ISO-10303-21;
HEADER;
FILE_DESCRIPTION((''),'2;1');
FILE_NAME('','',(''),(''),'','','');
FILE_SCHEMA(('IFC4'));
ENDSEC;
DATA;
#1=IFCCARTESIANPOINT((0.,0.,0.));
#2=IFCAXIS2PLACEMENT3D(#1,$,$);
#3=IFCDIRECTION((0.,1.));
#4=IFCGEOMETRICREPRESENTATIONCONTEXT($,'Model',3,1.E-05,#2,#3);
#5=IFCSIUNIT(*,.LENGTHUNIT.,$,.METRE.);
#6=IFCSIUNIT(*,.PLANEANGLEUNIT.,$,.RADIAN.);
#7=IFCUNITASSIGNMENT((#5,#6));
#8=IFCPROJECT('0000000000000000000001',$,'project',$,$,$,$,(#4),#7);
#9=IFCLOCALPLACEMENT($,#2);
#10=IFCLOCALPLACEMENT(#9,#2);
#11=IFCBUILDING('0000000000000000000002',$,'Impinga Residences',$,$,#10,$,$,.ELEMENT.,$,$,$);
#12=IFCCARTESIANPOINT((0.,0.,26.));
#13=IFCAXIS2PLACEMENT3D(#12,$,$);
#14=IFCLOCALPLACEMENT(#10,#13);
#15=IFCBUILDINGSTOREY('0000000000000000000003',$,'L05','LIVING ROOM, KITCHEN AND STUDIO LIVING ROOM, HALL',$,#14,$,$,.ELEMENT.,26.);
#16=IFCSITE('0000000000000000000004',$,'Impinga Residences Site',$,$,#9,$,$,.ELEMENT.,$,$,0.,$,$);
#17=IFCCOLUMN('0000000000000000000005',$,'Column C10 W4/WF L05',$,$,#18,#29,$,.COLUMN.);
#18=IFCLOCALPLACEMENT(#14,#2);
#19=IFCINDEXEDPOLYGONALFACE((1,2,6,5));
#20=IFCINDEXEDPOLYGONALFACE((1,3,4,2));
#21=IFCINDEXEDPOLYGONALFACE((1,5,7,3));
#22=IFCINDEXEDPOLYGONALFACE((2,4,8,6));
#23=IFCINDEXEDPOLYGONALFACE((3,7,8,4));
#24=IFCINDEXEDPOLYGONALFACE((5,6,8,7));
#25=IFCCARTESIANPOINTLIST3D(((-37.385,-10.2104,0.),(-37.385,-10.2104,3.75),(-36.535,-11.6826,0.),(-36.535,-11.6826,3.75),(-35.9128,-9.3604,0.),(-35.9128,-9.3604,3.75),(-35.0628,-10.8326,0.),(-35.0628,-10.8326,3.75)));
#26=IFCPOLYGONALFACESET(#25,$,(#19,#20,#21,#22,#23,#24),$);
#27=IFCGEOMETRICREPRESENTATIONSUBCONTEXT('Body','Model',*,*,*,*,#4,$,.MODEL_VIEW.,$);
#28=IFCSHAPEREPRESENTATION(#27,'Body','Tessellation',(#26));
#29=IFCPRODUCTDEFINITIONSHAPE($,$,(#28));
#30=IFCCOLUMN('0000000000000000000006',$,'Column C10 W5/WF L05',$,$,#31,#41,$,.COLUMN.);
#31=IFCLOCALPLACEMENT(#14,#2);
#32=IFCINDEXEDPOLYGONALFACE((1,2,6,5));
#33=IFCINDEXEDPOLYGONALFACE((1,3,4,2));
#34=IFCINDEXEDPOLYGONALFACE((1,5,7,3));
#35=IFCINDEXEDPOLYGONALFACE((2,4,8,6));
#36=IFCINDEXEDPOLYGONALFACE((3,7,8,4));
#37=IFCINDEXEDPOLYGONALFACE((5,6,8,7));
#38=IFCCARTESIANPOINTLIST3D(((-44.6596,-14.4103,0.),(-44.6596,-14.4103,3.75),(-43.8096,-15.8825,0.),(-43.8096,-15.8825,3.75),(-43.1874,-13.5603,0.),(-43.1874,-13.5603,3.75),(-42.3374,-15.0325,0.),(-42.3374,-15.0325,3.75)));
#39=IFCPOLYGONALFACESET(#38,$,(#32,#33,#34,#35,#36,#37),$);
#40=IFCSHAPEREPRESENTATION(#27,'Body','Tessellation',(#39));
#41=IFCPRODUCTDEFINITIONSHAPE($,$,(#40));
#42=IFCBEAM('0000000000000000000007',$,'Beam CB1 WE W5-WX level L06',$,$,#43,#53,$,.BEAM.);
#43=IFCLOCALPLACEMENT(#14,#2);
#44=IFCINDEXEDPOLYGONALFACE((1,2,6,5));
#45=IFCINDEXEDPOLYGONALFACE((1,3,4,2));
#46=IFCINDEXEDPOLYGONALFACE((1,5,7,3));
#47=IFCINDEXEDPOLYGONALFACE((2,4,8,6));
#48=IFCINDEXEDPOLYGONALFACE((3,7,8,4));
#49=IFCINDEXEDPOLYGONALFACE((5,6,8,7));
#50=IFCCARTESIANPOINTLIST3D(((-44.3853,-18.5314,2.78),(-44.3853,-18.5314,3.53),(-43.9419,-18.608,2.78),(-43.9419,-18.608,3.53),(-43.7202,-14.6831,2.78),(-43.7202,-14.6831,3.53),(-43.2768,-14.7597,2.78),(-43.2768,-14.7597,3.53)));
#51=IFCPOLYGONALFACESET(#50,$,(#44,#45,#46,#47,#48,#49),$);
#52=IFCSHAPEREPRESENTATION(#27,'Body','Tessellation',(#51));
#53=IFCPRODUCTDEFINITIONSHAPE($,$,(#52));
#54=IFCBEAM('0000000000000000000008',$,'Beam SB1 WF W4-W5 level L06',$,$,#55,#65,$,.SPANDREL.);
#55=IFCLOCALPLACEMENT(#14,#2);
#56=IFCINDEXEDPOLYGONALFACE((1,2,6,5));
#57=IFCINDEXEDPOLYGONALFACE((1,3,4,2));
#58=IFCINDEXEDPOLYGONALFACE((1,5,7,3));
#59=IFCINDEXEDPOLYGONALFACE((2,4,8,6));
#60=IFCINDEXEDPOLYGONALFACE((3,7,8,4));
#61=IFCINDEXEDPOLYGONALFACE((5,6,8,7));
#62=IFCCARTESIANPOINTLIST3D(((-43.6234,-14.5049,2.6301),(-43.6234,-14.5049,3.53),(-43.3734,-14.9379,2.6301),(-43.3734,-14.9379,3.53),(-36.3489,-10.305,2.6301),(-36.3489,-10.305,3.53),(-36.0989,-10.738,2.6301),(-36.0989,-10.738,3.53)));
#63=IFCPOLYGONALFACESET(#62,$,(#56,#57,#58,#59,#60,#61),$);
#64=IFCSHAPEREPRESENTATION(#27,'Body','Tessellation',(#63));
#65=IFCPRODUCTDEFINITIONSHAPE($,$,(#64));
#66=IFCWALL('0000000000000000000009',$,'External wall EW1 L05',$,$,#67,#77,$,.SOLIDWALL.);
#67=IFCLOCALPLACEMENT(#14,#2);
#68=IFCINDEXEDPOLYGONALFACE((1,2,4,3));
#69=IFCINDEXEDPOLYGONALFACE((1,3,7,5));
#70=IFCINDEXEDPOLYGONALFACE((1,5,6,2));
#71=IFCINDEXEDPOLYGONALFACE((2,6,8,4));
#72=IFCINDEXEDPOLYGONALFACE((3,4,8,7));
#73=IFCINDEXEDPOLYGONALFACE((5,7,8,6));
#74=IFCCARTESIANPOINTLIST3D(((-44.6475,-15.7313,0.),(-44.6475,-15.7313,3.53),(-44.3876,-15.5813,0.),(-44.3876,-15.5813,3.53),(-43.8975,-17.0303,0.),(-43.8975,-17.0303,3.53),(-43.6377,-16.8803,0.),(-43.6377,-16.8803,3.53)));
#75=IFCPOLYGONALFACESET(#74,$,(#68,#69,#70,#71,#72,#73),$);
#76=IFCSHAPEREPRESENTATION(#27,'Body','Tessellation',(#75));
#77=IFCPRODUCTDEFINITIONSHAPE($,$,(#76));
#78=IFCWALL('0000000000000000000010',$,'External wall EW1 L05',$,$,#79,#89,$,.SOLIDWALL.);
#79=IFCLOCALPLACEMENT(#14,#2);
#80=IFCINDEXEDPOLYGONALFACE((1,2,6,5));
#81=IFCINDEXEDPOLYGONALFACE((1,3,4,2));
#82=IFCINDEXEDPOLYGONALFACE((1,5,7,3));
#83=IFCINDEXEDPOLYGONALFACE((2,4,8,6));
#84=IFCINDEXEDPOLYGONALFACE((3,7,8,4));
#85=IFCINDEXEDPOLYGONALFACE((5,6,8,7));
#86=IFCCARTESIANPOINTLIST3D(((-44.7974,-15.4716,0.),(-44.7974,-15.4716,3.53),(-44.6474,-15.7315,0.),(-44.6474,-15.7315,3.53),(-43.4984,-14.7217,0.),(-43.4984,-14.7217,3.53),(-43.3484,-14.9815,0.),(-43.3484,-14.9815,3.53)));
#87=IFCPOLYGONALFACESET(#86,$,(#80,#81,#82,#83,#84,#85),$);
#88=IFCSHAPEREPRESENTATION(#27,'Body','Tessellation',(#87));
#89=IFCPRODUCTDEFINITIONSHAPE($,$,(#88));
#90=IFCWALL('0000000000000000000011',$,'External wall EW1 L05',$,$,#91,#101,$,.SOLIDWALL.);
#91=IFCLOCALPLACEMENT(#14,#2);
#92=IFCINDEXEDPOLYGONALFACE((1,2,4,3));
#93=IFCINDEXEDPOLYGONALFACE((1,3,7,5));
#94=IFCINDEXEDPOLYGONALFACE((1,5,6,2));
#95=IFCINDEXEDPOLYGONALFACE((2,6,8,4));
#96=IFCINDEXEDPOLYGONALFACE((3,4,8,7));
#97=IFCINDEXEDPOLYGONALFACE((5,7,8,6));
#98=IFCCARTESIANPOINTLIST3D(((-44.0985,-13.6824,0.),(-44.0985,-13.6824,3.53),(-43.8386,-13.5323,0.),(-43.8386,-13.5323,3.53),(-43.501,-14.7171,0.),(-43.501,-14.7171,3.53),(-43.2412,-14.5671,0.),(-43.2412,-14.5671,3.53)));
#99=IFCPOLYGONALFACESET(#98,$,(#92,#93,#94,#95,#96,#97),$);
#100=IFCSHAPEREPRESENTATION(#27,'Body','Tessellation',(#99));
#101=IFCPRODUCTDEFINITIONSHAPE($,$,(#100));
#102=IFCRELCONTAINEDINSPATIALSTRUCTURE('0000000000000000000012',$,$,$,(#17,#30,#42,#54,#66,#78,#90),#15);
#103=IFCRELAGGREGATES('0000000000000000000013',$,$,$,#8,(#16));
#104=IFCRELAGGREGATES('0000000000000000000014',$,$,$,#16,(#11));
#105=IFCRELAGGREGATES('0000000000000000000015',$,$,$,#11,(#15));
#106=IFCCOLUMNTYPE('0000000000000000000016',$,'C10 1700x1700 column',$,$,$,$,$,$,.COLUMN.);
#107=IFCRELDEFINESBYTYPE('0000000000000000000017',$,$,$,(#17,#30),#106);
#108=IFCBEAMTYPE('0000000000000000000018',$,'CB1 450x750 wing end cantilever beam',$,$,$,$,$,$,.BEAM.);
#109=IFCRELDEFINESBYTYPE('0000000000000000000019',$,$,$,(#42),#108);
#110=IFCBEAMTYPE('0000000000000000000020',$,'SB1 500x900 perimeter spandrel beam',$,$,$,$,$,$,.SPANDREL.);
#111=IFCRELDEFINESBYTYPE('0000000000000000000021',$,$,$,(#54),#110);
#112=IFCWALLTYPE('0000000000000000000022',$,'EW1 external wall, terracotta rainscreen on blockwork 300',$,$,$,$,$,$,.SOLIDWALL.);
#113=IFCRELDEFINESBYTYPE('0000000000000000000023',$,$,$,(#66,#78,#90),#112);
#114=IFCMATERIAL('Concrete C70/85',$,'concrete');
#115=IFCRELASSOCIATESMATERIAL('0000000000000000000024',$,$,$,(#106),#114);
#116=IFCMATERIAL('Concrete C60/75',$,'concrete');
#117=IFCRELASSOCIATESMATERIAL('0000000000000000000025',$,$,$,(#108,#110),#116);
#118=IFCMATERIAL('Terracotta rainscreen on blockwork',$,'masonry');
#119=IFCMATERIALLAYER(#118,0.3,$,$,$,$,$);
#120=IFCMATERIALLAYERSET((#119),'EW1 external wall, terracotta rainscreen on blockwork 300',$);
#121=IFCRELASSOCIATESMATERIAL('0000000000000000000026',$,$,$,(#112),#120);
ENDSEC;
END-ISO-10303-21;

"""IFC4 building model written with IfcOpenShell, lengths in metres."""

from ifc_helpers import new_model, si_unit, direction, frame, frame_2d, origin, origin_2d, place, context, subcontext, project, spatial, rectangle, extrude, material, layer, layer_set, material_profile, profile_set, type_object, element, save


model = new_model("IFC4")

# Units and contexts
model_context = context("Model", 3, precision=1e-05, world=origin(), true_north=direction((0.0, 1.0)))
body_context = subcontext(model_context, "Body", "Model", "MODEL_VIEW")
ifc_project = project(units=[si_unit("LENGTHUNIT", "METRE"), si_unit("PLANEANGLEUNIT", "RADIAN")], contexts=[model_context])

# Site, building, storey
site_placement = place(None, origin())
site = spatial("IfcSite", under=ifc_project, at=site_placement, Name="Impinga Residences Site", CompositionType="ELEMENT", RefElevation=0.0)
building_placement = place(site_placement, origin())
building = spatial("IfcBuilding", under=site, at=building_placement, Name="Impinga Residences", CompositionType="ELEMENT")
storey_placement = place(building_placement, frame((0.0, 0.0, 26.0)))
storey = spatial("IfcBuildingStorey", under=building, at=storey_placement, Name="L05", Description="LIVING ROOM, KITCHEN AND STUDIO LIVING ROOM, HALL", CompositionType="ELEMENT", Elevation=26.0)

# Columns
ifc_material_1 = material(Name="Concrete C70/85", Category="concrete")
ifc_material_profile_1 = material_profile(ifc_material_1, rectangle(XDim=1.7, YDim=1.7, at=origin_2d()), Name="RC 1700x1700")
ifc_profile_set_1 = profile_set([ifc_material_profile_1], Name="Concrete C70/85")
column_type = type_object("IfcColumnType", Name="C10 1700x1700 column", PredefinedType="COLUMN", material=ifc_profile_set_1)
for number, where, z_axis, x_axis, name in (
    (1, (-36.2239, -10.5215, 0.0), (0.0, 0.0, 1.0), (-0.5, 0.866025, 0.0), "Column C10 W4/WF L05"),
    (2, (-43.4985, -14.7214, 0.0), (0.0, 0.0, 1.0), (-0.5, 0.866025, 0.0), "Column C10 W5/WF L05"),
):
    element("IfcColumn", number, at=place(storey_placement, frame(where, z_axis=z_axis, x_axis=x_axis)), inside=storey, type_object=column_type, Name=name, PredefinedType="COLUMN", context=body_context, shape_type="SweptSolid", body=[
        extrude(rectangle(XDim=1.7, YDim=1.7, at=origin_2d()), origin(), (0.0, 0.0, 1.0), 3.75),
    ])

# Beams
ifc_material_2 = material(Name="Concrete C60/75", Category="concrete")
ifc_material_profile_2 = material_profile(ifc_material_2, rectangle(XDim=0.45, YDim=0.75, at=origin_2d()), Name="RC 450x750")
ifc_profile_set_2 = profile_set([ifc_material_profile_2], Name="Concrete C60/75")
beam_type_1 = type_object("IfcBeamType", Name="CB1 450x750 wing end cantilever beam", PredefinedType="BEAM", material=ifc_profile_set_2)
beam_1_placement = place(storey_placement, frame((-43.4985, -14.7214, 3.155), z_axis=(-0.170296, -0.985393, 0.0), x_axis=(0.985393, -0.170296, 0.0)))
element("IfcBeam", 3, at=beam_1_placement, inside=storey, type_object=beam_type_1, Name="Beam CB1 WE W5-WX level L06", PredefinedType="BEAM", context=body_context, shape_type="SweptSolid", body=[
    extrude(rectangle(XDim=0.45, YDim=0.75, at=origin_2d()), origin(), (0.0, 0.0, 1.0), 3.9053),
])
ifc_material_profile_3 = material_profile(ifc_material_2, rectangle(XDim=0.5, YDim=0.8999, at=origin_2d()), Name="RC 500x900")
ifc_profile_set_3 = profile_set([ifc_material_profile_3], Name="Concrete C60/75")
beam_type_2 = type_object("IfcBeamType", Name="SB1 500x900 perimeter spandrel beam", PredefinedType="SPANDREL", material=ifc_profile_set_3)
beam_2_placement = place(storey_placement, frame((-36.2239, -10.5215, 3.0801), z_axis=(-0.866029, -0.499993, 0.0), x_axis=(0.499993, -0.866029, 0.0)))
element("IfcBeam", 4, at=beam_2_placement, inside=storey, type_object=beam_type_2, Name="Beam SB1 WF W4-W5 level L06", PredefinedType="SPANDREL", context=body_context, shape_type="SweptSolid", body=[
    extrude(rectangle(XDim=0.5, YDim=0.8999, at=origin_2d()), origin(), (0.0, 0.0, 1.0), 8.3999),
])

# Walls
ifc_material_3 = material(Name="Terracotta rainscreen on blockwork", Category="masonry")
ifc_layer_1 = layer(ifc_material_3, 0.3)
ifc_layer_set_1 = layer_set([ifc_layer_1], Name="EW1 external wall, terracotta rainscreen on blockwork 300")
wall_type_1 = type_object("IfcWallType", Name="EW1 external wall, terracotta rainscreen on blockwork 300", PredefinedType="SOLIDWALL", material=ifc_layer_set_1)
for number, where, z_axis, x_axis, name in (
    (5, (-43.7676, -16.9553, 0.0), (0.0, 0.0, 1.0), (-0.49999, 0.866031, 0.0), "External wall EW1 L05"),
    (6, (-44.7224, -15.6016, 0.0), (0.0, 0.0, 1.0), (0.866031, 0.49999, 0.0), "External wall EW1 L05"),
):
    element("IfcWall", number, at=place(storey_placement, frame(where, z_axis=z_axis, x_axis=x_axis)), inside=storey, type_object=wall_type_1, Name=name, PredefinedType="SOLIDWALL", context=body_context, shape_type="SweptSolid", body=[
        extrude(rectangle(XDim=1.5, YDim=0.3, at=frame_2d((0.75, 0.0))), origin(), (0.0, 0.0, 1.0), 3.53),
    ])
wall_1_placement = place(storey_placement, frame((-43.3711, -14.6421, 0.0), z_axis=(0.0, 0.0, 1.0), x_axis=(-0.500029, 0.866009, 0.0)))
element("IfcWall", 7, at=wall_1_placement, inside=storey, type_object=wall_type_1, Name="External wall EW1 L05", PredefinedType="SOLIDWALL", context=body_context, shape_type="SweptSolid", body=[
    extrude(rectangle(XDim=1.1948, YDim=0.3, at=frame_2d((0.5974, 0.0))), origin(), (0.0, 0.0, 1.0), 3.53),
])

save(model, "model.ifc")
